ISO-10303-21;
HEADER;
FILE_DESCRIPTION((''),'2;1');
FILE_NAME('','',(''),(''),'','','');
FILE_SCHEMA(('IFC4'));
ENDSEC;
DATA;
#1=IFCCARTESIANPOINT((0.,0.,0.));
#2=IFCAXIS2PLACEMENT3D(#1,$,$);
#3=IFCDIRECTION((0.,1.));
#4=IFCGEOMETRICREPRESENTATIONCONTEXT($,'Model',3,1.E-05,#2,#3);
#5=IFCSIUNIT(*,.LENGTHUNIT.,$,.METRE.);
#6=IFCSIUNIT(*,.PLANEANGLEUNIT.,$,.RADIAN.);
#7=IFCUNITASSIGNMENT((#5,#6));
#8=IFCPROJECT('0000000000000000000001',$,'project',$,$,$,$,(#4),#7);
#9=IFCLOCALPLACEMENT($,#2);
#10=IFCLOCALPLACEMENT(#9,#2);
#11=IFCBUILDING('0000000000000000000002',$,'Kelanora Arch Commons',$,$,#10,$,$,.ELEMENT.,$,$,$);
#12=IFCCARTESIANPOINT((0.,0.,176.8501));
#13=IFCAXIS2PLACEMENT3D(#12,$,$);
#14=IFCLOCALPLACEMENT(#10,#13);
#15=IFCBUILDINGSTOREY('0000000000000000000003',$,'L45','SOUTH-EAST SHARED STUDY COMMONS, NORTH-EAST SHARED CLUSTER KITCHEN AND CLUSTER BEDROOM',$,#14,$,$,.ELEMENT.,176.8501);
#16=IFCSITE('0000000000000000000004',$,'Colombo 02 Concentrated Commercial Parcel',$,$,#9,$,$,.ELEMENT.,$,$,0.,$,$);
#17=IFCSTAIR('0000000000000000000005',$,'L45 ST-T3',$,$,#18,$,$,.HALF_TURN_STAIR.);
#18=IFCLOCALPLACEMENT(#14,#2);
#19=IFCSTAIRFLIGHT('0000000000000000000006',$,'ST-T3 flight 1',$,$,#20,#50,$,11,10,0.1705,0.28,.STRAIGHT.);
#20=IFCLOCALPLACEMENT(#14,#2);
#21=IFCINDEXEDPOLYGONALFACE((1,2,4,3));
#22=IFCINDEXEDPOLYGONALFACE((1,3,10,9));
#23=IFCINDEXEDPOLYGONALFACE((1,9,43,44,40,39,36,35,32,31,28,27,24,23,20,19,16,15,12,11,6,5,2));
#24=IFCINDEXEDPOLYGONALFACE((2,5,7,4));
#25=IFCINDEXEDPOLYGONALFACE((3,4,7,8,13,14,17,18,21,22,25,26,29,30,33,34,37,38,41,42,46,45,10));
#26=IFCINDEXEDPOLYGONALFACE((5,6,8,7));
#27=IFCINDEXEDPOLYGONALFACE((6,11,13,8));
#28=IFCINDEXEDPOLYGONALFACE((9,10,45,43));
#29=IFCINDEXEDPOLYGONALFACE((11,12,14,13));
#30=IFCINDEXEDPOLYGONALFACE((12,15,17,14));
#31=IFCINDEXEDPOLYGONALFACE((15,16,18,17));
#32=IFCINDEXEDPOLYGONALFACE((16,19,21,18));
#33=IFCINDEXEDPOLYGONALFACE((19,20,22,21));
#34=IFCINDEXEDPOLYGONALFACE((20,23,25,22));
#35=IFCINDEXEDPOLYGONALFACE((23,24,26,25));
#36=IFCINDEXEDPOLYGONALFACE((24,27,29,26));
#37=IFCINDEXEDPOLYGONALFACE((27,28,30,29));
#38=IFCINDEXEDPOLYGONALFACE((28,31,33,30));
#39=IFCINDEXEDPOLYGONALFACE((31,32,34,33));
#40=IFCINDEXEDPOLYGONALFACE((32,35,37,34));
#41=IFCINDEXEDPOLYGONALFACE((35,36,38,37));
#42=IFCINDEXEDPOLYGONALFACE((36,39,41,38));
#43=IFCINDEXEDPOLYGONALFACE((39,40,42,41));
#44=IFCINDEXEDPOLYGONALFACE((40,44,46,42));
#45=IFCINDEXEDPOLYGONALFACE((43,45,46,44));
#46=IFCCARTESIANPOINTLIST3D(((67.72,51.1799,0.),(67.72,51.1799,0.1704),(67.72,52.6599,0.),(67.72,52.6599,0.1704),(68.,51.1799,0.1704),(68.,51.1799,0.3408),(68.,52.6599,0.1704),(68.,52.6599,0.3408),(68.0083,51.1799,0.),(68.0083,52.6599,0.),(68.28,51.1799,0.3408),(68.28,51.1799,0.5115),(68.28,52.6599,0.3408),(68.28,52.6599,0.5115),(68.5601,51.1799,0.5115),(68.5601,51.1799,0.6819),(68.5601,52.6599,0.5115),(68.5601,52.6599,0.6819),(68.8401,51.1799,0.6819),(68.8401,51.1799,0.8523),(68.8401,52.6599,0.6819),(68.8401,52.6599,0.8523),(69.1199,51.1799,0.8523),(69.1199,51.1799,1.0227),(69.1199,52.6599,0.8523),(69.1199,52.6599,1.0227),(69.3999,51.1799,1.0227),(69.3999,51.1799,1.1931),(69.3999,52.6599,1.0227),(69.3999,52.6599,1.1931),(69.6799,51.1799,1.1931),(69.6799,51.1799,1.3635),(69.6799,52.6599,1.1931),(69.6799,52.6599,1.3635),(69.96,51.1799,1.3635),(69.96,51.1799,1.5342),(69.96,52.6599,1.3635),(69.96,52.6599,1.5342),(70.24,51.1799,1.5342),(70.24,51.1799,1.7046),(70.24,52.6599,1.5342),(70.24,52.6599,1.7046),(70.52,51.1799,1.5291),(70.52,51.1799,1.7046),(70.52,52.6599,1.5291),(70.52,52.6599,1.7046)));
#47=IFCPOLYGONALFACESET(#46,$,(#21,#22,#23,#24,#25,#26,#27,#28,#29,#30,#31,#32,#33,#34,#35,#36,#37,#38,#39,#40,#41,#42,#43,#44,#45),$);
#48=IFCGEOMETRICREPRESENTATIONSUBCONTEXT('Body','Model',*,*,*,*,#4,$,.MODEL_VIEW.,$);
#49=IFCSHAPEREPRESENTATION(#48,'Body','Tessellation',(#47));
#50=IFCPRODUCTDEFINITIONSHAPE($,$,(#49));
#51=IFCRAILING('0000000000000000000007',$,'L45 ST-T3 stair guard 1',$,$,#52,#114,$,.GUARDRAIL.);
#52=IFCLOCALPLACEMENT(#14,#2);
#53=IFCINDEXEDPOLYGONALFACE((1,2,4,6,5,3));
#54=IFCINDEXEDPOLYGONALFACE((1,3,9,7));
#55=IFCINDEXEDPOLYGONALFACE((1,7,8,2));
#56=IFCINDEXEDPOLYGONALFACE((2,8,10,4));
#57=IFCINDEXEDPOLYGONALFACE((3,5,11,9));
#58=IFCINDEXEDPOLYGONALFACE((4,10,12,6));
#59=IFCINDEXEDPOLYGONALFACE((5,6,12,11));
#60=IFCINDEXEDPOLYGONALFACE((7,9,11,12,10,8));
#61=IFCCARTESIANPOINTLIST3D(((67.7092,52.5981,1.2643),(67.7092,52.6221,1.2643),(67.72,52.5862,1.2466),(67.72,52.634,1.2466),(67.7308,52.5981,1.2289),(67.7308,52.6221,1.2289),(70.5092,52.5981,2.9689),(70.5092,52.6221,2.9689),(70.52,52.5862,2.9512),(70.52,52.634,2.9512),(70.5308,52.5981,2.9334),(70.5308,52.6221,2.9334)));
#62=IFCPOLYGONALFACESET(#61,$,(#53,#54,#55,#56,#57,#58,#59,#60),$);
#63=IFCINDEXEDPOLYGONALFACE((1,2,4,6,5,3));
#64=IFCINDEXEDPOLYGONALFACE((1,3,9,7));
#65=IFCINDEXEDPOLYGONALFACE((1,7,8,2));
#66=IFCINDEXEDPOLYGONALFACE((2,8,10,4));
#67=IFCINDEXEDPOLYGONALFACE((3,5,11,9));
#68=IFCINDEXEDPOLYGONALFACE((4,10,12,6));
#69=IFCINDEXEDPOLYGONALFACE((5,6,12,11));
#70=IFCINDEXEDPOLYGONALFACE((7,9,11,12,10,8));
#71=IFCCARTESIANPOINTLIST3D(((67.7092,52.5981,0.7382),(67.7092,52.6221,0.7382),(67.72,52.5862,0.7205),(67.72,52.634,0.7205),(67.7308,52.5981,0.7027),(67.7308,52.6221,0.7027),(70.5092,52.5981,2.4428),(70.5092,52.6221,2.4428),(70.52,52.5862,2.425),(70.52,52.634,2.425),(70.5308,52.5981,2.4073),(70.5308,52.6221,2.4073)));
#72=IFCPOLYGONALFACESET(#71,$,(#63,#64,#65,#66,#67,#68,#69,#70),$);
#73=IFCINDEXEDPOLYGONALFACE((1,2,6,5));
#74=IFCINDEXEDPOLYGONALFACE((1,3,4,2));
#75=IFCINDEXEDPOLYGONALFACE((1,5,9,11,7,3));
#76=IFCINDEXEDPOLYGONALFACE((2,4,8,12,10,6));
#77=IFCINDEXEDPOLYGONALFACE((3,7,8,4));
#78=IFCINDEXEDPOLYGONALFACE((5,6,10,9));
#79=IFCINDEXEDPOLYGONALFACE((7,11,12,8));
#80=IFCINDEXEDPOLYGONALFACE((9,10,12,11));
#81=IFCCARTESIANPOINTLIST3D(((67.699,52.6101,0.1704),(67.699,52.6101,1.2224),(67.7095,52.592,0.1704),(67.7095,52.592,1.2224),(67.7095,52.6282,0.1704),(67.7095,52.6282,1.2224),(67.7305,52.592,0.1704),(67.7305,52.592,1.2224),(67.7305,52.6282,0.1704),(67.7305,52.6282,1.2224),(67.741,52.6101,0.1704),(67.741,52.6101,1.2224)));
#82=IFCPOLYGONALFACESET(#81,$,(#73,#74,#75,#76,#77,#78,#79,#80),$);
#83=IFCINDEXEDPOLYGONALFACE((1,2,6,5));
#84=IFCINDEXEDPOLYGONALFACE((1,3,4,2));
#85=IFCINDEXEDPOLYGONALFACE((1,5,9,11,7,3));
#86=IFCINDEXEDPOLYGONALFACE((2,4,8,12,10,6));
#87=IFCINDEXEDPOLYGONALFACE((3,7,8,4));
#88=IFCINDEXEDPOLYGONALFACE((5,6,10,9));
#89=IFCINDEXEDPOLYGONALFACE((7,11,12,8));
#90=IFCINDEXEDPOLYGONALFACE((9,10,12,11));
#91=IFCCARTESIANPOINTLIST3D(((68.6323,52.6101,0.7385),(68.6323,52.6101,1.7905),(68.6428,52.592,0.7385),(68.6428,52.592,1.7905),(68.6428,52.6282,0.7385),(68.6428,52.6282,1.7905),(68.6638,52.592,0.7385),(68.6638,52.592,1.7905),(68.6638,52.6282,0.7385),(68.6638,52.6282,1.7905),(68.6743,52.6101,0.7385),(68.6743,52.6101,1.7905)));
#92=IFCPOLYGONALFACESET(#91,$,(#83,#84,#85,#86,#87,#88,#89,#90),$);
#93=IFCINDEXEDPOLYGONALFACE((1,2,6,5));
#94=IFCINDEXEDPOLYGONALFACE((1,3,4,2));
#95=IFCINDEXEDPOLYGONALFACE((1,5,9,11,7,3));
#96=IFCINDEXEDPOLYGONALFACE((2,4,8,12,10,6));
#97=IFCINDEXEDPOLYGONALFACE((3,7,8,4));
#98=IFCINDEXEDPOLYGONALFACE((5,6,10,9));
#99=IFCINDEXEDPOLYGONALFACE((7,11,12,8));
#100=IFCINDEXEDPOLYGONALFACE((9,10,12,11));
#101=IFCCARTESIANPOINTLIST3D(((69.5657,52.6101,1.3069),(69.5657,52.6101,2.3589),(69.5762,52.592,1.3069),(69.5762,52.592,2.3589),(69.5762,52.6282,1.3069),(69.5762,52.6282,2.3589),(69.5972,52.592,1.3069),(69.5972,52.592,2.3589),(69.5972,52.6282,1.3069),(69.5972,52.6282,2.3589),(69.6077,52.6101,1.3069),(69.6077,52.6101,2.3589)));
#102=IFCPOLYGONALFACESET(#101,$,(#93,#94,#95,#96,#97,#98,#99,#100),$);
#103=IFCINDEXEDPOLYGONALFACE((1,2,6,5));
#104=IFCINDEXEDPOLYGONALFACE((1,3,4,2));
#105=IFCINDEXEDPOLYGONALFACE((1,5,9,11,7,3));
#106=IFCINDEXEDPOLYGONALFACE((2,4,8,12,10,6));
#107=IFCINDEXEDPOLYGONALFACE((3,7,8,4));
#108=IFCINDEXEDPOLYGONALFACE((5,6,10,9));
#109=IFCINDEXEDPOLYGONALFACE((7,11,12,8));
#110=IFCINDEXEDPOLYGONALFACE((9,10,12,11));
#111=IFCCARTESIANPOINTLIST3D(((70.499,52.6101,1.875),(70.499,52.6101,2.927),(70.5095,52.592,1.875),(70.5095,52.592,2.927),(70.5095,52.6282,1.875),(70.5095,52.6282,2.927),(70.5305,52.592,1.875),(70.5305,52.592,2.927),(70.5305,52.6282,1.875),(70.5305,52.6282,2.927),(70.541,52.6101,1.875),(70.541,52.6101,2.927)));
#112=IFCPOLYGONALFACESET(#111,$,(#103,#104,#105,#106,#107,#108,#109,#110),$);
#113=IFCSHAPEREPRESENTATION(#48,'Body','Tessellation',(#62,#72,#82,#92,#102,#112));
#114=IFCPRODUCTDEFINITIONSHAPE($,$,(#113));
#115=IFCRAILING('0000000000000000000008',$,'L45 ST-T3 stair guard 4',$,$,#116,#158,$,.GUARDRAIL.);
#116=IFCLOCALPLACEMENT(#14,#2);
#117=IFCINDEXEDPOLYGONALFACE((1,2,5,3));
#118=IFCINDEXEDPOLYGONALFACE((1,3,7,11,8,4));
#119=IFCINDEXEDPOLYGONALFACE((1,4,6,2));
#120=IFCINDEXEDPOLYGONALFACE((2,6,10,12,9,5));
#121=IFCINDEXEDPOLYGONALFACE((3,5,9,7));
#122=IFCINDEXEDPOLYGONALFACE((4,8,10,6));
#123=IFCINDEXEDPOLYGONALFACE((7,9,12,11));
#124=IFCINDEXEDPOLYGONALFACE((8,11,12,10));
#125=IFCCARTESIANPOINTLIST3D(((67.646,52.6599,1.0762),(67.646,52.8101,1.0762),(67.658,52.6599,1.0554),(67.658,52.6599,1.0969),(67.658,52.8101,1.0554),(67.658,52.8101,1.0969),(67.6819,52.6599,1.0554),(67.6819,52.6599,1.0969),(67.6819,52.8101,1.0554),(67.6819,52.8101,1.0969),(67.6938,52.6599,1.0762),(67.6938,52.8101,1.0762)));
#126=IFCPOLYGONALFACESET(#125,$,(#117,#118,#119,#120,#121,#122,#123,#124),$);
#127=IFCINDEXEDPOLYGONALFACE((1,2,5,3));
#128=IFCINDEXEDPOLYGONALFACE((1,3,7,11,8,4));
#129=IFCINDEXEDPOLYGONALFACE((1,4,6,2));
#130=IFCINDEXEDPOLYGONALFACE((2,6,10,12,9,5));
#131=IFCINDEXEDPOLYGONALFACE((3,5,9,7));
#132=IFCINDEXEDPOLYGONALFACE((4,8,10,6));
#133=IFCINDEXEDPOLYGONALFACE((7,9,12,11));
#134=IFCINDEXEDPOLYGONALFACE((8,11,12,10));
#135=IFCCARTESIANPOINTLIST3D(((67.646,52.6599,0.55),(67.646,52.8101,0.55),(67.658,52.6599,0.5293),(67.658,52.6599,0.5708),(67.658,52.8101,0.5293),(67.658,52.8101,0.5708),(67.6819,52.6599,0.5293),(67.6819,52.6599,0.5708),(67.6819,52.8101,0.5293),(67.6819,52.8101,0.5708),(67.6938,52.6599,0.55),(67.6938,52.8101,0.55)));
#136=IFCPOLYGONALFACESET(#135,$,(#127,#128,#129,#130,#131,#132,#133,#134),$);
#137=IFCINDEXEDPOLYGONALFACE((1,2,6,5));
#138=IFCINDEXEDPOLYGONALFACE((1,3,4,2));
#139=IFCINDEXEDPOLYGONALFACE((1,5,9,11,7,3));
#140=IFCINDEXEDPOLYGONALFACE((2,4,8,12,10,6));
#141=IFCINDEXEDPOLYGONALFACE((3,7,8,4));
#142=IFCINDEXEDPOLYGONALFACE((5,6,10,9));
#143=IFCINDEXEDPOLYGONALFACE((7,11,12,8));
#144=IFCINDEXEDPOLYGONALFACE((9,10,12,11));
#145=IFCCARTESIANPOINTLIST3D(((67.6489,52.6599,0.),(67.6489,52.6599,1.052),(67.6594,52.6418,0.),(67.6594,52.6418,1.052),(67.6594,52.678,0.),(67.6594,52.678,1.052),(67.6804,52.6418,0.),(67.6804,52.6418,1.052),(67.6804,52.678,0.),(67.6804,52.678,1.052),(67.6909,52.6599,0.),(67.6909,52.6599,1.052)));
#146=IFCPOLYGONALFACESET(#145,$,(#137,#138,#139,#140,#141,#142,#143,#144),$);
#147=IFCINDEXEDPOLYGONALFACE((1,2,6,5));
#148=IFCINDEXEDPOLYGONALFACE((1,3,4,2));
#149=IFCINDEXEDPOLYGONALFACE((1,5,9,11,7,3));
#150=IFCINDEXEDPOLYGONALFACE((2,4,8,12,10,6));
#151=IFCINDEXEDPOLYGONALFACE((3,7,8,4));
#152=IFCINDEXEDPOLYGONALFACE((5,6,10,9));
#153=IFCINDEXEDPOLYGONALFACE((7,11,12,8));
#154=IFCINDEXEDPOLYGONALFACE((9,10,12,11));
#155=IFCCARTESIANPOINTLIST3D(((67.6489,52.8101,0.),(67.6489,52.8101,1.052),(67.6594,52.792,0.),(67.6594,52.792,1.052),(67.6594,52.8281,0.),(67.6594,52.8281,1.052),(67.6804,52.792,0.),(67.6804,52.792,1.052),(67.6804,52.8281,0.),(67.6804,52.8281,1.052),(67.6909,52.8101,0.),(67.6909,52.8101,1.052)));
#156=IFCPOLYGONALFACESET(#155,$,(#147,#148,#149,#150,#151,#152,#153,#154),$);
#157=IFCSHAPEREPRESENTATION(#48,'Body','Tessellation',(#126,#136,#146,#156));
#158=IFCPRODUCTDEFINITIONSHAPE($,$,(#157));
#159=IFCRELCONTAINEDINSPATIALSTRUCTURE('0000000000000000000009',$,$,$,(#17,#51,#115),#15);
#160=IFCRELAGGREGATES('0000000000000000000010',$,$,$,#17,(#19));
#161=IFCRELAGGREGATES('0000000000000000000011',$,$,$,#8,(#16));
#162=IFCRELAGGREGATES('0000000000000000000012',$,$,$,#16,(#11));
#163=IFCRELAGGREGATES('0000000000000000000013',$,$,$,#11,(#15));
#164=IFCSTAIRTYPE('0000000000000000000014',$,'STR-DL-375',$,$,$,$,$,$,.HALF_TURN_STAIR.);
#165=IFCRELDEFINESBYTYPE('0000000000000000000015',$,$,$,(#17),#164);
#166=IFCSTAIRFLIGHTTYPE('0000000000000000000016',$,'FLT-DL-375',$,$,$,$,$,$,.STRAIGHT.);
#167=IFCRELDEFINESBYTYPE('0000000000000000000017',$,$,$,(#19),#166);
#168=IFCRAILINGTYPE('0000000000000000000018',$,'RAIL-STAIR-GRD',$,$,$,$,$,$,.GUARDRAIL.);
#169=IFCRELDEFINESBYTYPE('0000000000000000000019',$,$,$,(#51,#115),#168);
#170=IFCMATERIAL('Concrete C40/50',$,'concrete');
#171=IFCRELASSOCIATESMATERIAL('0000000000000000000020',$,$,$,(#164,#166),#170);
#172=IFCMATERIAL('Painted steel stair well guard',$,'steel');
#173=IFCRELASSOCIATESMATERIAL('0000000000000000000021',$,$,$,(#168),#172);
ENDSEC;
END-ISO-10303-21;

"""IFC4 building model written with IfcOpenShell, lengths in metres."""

from ifc_helpers import new_model, si_unit, direction, frame, origin, place, context, subcontext, project, spatial, polyline, outline, extrude, material, type_object, element, aggregate, save


model = new_model("IFC4")

# Units and contexts
model_context = context("Model", 3, precision=1e-05, world=origin(), true_north=direction((0.0, 1.0)))
body_context = subcontext(model_context, "Body", "Model", "MODEL_VIEW")
ifc_project = project(units=[si_unit("LENGTHUNIT", "METRE"), si_unit("PLANEANGLEUNIT", "RADIAN")], contexts=[model_context])

# Site, building, storey
site_placement = place(None, origin())
site = spatial("IfcSite", under=ifc_project, at=site_placement, Name="Colombo 02 Concentrated Commercial Parcel", CompositionType="ELEMENT", RefElevation=0.0)
building_placement = place(site_placement, origin())
building = spatial("IfcBuilding", under=site, at=building_placement, Name="Kelanora Arch Commons", CompositionType="ELEMENT")
storey_placement = place(building_placement, frame((0.0, 0.0, 176.8501)))
storey = spatial("IfcBuildingStorey", under=building, at=storey_placement, Name="L45", Description="SOUTH-EAST SHARED STUDY COMMONS, NORTH-EAST SHARED CLUSTER KITCHEN AND CLUSTER BEDROOM", CompositionType="ELEMENT", Elevation=176.8501)

# Shared definitions
ifc_material_1 = material(Name="Concrete C40/50", Category="concrete")

# Stair, stair flight
stair_type = type_object("IfcStairType", Name="STR-DL-375", PredefinedType="HALF_TURN_STAIR", material=ifc_material_1)
stair_placement = place(storey_placement, origin())
stair = element("IfcStair", 1, at=stair_placement, inside=storey, type_object=stair_type, Name="L45 ST-T3", PredefinedType="HALF_TURN_STAIR")
stair_flight_type = type_object("IfcStairFlightType", Name="FLT-DL-375", PredefinedType="STRAIGHT", material=ifc_material_1)
stair_flight_placement = place(storey_placement, frame((67.72, 51.9199, 0.0), z_axis=(0.0, 0.0, 1.0), x_axis=(1.0, 0.0, 0.0)))
stair_flight = element("IfcStairFlight", 2, at=stair_flight_placement, type_object=stair_flight_type, Name="ST-T3 flight 1", NumberOfRisers=11, NumberOfTreads=10, PredefinedType="STRAIGHT", RiserHeight=0.1705, TreadLength=0.28, context=body_context, shape_type="SweptSolid", body=[
    extrude(outline(polyline([(0.0, 0.0), (0.0, 0.1704), (0.28, 0.1704), (0.28, 0.3408), (0.5601, 0.3408), (0.5601, 0.5115), (0.8401, 0.5115), (0.8401, 0.6819), (1.1201, 0.6819), (1.1201, 0.8523), (1.3999, 0.8523), (1.3999, 1.0227), (1.6799, 1.0227), (1.6799, 1.1931), (1.96, 1.1931), (1.96, 1.3635), (2.24, 1.3635), (2.24, 1.5342), (2.52, 1.5342), (2.52, 1.7046), (2.8, 1.7046), (2.8, 1.875), (2.8, 1.5291), (0.2883, 0.0), (0.0, 0.0)])), frame((0.0, 0.74, 0.0), z_axis=(0.0, -1.0, 0.0), x_axis=(1.0, 0.0, 0.0)), (0.0, 0.0, 1.0), 1.48),
])
aggregate(stair, [stair_flight])

# Railings
ifc_material_2 = material(Name="Painted steel stair well guard", Category="steel")
railing_type_1 = type_object("IfcRailingType", Name="RAIL-STAIR-GRD", PredefinedType="GUARDRAIL", material=ifc_material_2)
railing_1_placement = place(storey_placement, frame((67.72, 52.6101, 0.1704)))
element("IfcRailing", 3, at=railing_1_placement, inside=storey, type_object=railing_type_1, Name="L45 ST-T3 stair guard 1", PredefinedType="GUARDRAIL", context=body_context, shape_type="SweptSolid", body=[
    extrude(outline(polyline([(0.0239, 0.0), (0.012, 0.0208), (-0.012, 0.0208), (-0.0239, 0.0), (-0.012, -0.0208), (0.012, -0.0208), (0.0239, 0.0)])), frame((0.0, 0.0, 1.0762), z_axis=(0.85417, 0.0, 0.519994), x_axis=(0.0, 1.0, 0.0)), (0.0, 0.0, 1.0), 3.2781),
    extrude(outline(polyline([(0.0239, 0.0), (0.012, 0.0208), (-0.012, 0.0208), (-0.0239, 0.0), (-0.012, -0.0208), (0.012, -0.0208), (0.0239, 0.0)])), frame((0.0, 0.0, 0.55), z_axis=(0.85417, 0.0, 0.519994), x_axis=(0.0, 1.0, 0.0)), (0.0, 0.0, 1.0), 3.2781),
    extrude(outline(polyline([(0.021, 0.0), (0.0105, 0.0181), (-0.0105, 0.0181), (-0.021, 0.0), (-0.0105, -0.0181), (0.0105, -0.0181), (0.021, 0.0)])), origin(), (0.0, 0.0, 1.0), 1.052),
    extrude(outline(polyline([(0.021, 0.0), (0.0105, 0.0181), (-0.0105, 0.0181), (-0.021, 0.0), (-0.0105, -0.0181), (0.0105, -0.0181), (0.021, 0.0)])), frame((0.9333, 0.0, 0.5681)), (0.0, 0.0, 1.0), 1.052),
    extrude(outline(polyline([(0.021, 0.0), (0.0105, 0.0181), (-0.0105, 0.0181), (-0.021, 0.0), (-0.0105, -0.0181), (0.0105, -0.0181), (0.021, 0.0)])), frame((1.8667, 0.0, 1.1365)), (0.0, 0.0, 1.0), 1.052),
    extrude(outline(polyline([(0.021, 0.0), (0.0105, 0.0181), (-0.0105, 0.0181), (-0.021, 0.0), (-0.0105, -0.0181), (0.0105, -0.0181), (0.021, 0.0)])), frame((2.8, 0.0, 1.7046)), (0.0, 0.0, 1.0), 1.052),
])
railing_2_placement = place(storey_placement, frame((67.6699, 52.6599, 0.0)))
element("IfcRailing", 4, at=railing_2_placement, inside=storey, type_object=railing_type_1, Name="L45 ST-T3 stair guard 4", PredefinedType="GUARDRAIL", context=body_context, shape_type="SweptSolid", body=[
    extrude(outline(polyline([(0.0239, 0.0), (0.012, 0.0208), (-0.012, 0.0208), (-0.0239, 0.0), (-0.012, -0.0208), (0.012, -0.0208), (0.0239, 0.0)])), frame((0.0, 0.0, 1.0762), z_axis=(0.0, 1.0, 0.0), x_axis=(-1.0, 0.0, 0.0)), (0.0, 0.0, 1.0), 0.1501),
    extrude(outline(polyline([(0.0239, 0.0), (0.012, 0.0208), (-0.012, 0.0208), (-0.0239, 0.0), (-0.012, -0.0208), (0.012, -0.0208), (0.0239, 0.0)])), frame((0.0, 0.0, 0.55), z_axis=(0.0, 1.0, 0.0), x_axis=(-1.0, 0.0, 0.0)), (0.0, 0.0, 1.0), 0.1501),
    extrude(outline(polyline([(0.021, 0.0), (0.0105, 0.0181), (-0.0105, 0.0181), (-0.021, 0.0), (-0.0105, -0.0181), (0.0105, -0.0181), (0.021, 0.0)])), origin(), (0.0, 0.0, 1.0), 1.052),
    extrude(outline(polyline([(0.021, 0.0), (0.0105, 0.0181), (-0.0105, 0.0181), (-0.021, 0.0), (-0.0105, -0.0181), (0.0105, -0.0181), (0.021, 0.0)])), frame((0.0, 0.1501, 0.0)), (0.0, 0.0, 1.0), 1.052),
])

save(model, "model.ifc")
